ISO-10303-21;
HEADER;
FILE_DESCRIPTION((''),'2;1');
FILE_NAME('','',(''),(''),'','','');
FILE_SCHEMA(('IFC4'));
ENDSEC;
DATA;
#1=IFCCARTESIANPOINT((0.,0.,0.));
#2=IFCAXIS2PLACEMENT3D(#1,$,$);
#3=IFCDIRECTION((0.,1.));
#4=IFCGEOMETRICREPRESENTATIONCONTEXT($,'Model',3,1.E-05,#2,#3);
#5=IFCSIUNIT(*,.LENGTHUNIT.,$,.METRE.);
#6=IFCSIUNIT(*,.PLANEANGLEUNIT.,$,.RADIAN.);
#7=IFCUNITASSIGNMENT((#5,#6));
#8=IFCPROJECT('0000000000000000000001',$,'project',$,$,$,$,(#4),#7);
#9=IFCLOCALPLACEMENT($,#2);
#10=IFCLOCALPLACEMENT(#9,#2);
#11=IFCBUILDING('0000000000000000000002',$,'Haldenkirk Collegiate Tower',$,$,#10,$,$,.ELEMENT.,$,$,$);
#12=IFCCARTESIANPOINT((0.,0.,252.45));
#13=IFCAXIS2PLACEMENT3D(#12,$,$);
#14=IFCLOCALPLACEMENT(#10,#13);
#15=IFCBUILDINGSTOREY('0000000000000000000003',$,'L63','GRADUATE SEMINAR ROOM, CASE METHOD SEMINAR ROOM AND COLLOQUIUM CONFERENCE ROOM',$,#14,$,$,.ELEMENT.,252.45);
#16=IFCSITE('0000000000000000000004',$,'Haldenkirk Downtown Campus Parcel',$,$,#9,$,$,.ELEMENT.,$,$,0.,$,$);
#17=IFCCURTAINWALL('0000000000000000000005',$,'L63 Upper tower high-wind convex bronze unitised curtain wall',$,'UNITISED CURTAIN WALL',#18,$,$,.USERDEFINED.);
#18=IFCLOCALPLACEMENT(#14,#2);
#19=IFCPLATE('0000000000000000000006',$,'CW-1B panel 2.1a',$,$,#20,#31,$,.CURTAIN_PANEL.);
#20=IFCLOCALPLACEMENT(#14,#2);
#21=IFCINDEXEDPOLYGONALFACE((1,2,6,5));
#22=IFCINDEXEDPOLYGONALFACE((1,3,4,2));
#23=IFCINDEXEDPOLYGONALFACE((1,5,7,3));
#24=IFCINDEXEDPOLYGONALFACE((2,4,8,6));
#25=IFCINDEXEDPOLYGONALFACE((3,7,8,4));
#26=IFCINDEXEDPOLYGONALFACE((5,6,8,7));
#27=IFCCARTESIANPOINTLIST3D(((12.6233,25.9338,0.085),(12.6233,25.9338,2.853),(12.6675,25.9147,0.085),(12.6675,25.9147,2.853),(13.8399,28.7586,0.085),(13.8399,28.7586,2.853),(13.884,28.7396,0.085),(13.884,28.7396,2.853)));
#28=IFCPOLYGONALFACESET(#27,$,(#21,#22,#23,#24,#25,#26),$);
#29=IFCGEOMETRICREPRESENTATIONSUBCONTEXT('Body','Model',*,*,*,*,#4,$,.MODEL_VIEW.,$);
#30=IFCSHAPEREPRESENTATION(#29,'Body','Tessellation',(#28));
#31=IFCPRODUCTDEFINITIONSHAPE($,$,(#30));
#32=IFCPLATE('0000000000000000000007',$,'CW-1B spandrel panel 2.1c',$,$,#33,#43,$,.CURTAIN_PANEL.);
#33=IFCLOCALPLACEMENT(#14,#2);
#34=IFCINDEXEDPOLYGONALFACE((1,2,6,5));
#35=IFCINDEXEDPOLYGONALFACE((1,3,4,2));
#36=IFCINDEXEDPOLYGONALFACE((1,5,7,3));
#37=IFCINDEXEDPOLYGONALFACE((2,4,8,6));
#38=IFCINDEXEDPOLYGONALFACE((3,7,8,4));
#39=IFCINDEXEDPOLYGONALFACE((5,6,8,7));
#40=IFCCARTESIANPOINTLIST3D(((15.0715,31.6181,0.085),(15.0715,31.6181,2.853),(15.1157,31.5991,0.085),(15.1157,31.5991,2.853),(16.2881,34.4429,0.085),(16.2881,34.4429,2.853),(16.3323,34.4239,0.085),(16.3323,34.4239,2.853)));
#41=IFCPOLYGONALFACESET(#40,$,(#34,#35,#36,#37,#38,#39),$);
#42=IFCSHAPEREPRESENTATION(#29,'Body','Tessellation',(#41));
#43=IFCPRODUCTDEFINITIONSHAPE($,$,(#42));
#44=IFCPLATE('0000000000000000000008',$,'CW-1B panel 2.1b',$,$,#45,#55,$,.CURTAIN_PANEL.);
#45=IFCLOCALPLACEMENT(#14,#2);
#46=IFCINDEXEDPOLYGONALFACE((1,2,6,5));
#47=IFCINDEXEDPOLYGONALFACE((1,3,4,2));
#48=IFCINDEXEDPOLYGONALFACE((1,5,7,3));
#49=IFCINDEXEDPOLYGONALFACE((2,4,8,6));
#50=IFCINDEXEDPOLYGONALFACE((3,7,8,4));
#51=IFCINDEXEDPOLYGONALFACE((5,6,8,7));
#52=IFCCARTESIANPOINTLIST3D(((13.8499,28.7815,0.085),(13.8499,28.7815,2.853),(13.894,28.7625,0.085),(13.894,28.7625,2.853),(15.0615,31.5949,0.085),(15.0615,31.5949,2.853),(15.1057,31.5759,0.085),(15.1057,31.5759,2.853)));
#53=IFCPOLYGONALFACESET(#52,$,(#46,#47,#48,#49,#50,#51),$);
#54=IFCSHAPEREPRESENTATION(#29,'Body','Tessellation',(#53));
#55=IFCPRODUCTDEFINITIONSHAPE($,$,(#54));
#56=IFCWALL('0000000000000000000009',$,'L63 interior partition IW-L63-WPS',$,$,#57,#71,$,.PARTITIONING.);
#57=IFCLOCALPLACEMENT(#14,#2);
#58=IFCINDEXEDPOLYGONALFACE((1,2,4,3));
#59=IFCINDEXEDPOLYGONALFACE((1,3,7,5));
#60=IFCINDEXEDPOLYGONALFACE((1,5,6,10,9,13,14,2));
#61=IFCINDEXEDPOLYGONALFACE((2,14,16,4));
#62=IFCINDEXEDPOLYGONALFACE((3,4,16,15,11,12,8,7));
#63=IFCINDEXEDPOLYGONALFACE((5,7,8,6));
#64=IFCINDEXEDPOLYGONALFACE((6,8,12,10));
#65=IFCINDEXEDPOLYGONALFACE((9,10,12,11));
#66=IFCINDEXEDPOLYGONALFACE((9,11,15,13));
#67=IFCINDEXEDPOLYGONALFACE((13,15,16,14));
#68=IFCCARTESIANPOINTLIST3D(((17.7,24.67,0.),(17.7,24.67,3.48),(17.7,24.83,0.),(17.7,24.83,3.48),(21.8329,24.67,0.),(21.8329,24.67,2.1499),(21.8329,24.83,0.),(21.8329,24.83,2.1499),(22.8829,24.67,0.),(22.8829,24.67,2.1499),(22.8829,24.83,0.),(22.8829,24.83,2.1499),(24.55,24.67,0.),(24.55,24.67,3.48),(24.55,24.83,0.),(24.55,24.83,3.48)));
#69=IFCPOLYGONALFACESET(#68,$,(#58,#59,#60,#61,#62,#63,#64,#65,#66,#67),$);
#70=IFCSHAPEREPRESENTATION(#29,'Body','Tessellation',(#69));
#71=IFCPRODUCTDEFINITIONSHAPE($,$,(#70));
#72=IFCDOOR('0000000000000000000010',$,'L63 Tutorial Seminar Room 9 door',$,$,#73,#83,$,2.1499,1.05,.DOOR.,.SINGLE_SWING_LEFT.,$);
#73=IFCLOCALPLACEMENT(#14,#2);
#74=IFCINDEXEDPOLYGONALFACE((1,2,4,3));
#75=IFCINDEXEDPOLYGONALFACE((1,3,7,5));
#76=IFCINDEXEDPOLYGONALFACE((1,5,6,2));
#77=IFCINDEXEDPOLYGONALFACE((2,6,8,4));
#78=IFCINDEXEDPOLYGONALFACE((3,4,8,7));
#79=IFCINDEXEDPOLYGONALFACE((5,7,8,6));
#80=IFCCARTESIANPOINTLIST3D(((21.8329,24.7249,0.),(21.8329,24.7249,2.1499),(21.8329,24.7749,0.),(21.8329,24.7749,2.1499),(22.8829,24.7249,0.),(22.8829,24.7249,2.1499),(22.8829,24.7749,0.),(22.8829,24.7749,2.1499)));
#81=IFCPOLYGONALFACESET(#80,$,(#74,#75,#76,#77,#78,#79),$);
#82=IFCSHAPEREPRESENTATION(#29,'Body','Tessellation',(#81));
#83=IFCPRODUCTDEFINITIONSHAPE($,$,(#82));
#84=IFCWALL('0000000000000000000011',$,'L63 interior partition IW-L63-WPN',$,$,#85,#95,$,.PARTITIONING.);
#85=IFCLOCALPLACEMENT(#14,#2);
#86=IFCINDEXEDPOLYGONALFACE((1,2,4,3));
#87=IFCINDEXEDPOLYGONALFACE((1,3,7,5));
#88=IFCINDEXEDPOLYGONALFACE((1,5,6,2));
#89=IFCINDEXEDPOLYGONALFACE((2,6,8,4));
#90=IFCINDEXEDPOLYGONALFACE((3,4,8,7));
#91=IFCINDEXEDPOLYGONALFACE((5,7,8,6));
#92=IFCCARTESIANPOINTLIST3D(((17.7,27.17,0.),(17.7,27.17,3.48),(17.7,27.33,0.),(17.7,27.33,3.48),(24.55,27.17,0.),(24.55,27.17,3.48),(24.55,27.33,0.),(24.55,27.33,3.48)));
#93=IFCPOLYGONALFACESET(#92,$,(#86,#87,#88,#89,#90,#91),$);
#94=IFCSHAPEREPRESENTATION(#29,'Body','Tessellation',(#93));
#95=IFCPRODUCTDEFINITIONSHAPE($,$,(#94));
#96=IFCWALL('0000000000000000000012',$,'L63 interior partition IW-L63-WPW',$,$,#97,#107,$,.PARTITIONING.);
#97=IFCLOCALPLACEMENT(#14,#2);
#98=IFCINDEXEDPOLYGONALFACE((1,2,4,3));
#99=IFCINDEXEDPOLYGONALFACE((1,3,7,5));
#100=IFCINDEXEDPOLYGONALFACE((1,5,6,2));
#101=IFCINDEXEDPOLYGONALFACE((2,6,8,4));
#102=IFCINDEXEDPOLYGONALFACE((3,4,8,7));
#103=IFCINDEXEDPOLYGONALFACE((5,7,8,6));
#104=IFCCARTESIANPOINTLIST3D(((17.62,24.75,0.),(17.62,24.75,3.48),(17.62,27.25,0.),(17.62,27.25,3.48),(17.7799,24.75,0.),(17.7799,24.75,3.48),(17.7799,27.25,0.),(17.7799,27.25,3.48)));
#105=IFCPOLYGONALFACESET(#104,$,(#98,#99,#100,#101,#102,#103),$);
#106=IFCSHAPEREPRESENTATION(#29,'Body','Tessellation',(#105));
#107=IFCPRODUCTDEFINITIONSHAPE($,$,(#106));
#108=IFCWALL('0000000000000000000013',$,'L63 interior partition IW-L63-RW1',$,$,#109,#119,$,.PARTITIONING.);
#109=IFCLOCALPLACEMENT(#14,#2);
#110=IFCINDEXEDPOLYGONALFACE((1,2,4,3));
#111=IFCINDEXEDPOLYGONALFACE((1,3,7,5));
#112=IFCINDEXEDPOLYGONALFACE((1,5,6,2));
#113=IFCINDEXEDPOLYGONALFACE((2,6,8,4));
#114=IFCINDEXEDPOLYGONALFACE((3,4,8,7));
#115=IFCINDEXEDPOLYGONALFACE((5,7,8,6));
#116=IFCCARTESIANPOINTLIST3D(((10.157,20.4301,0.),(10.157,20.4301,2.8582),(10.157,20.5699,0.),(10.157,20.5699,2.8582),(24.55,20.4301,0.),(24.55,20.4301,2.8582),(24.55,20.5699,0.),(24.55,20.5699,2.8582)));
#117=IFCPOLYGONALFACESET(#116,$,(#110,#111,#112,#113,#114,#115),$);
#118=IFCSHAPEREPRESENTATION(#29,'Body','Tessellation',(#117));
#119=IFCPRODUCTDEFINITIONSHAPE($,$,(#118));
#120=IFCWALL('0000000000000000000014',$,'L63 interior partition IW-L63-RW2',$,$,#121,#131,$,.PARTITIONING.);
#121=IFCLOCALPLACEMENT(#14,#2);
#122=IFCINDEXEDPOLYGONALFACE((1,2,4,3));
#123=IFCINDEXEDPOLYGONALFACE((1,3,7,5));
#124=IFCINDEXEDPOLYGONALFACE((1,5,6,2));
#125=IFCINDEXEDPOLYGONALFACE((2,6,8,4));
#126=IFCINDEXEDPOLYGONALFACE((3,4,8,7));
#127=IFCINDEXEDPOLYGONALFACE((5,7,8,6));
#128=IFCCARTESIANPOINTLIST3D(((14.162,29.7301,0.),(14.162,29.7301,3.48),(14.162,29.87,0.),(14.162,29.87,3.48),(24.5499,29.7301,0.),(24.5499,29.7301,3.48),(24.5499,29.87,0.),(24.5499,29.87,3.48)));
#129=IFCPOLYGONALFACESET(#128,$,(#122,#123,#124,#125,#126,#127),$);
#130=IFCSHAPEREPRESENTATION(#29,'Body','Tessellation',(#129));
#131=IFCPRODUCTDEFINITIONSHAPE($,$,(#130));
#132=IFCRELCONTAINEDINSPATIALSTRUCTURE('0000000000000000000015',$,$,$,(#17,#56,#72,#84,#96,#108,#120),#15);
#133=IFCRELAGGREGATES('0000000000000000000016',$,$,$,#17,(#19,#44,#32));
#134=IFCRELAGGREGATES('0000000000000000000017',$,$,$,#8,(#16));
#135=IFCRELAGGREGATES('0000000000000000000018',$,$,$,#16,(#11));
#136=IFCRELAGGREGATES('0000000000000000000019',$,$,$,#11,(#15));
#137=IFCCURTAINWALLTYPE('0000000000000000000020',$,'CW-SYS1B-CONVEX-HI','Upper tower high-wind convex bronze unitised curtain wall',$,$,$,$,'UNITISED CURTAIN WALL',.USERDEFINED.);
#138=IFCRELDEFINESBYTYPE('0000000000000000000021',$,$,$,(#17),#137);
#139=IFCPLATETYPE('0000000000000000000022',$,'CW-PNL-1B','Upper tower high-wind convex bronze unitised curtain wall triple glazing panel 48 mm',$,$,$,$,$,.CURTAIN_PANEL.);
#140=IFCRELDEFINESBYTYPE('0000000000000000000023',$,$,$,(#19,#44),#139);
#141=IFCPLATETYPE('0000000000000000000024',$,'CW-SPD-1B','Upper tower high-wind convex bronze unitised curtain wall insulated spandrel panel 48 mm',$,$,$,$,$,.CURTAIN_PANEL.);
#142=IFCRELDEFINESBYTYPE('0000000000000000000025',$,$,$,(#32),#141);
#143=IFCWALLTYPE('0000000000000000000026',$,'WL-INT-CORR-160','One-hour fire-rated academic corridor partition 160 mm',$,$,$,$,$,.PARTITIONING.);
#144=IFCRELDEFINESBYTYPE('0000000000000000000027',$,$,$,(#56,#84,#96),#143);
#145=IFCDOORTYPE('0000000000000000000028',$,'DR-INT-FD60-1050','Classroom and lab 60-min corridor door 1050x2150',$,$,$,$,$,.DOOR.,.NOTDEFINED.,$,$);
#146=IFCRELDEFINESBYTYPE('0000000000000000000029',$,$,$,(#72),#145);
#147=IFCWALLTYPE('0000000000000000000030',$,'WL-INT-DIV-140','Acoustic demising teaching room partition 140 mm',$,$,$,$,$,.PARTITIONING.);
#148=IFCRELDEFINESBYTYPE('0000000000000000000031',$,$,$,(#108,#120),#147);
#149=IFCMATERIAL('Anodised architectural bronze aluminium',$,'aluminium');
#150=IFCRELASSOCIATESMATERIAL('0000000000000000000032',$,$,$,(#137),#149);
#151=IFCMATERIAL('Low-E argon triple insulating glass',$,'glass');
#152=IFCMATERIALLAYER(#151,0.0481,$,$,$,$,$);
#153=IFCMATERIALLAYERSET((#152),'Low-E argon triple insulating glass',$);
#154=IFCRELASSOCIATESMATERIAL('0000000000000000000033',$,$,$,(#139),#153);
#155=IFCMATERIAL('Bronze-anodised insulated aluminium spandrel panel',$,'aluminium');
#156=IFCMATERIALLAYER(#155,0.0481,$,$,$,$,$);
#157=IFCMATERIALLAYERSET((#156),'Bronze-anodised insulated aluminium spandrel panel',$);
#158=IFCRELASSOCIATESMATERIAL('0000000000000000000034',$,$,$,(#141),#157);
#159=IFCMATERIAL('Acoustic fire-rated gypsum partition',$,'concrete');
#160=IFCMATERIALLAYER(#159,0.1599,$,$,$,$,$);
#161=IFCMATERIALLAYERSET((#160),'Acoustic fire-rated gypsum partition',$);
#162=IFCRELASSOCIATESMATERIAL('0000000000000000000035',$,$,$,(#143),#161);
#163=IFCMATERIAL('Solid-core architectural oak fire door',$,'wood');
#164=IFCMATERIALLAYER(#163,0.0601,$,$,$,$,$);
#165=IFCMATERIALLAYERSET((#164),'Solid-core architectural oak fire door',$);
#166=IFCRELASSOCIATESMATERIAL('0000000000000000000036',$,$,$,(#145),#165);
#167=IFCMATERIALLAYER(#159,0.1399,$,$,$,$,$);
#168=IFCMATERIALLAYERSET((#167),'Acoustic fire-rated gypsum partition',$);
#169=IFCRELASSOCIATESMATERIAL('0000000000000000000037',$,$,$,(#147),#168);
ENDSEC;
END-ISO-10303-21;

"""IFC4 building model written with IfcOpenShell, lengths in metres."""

from ifc_helpers import new_model, si_unit, direction, frame, frame_2d, origin, origin_2d, place, context, subcontext, project, spatial, rectangle, extrude, source, transform, mapped, material, layer, layer_set, type_object, element, fill, aggregate, save


model = new_model("IFC4")

# Units and contexts
model_context = context("Model", 3, precision=1e-05, world=origin(), true_north=direction((0.0, 1.0)))
body_context = subcontext(model_context, "Body", "Model", "MODEL_VIEW")
ifc_project = project(units=[si_unit("LENGTHUNIT", "METRE"), si_unit("PLANEANGLEUNIT", "RADIAN")], contexts=[model_context])

# Site, building, storey
site_placement = place(None, origin())
site = spatial("IfcSite", under=ifc_project, at=site_placement, Name="Haldenkirk Downtown Campus Parcel", CompositionType="ELEMENT", RefElevation=0.0)
building_placement = place(site_placement, origin())
building = spatial("IfcBuilding", under=site, at=building_placement, Name="Haldenkirk Collegiate Tower", CompositionType="ELEMENT")
storey_placement = place(building_placement, frame((0.0, 0.0, 252.45)))
storey = spatial("IfcBuildingStorey", under=building, at=storey_placement, Name="L63", Description="GRADUATE SEMINAR ROOM, CASE METHOD SEMINAR ROOM AND COLLOQUIUM CONFERENCE ROOM", CompositionType="ELEMENT", Elevation=252.45)

# Curtain wall
ifc_material_1 = material(Name="Anodised architectural bronze aluminium", Category="aluminium")
curtain_wall_type = type_object("IfcCurtainWallType", Name="CW-SYS1B-CONVEX-HI", Description="Upper tower high-wind convex bronze unitised curtain wall", ElementType="UNITISED CURTAIN WALL", PredefinedType="USERDEFINED", material=ifc_material_1)
curtain_wall_placement = place(storey_placement, origin())
curtain_wall = element("IfcCurtainWall", 1, at=curtain_wall_placement, inside=storey, type_object=curtain_wall_type, Name="L63 Upper tower high-wind convex bronze unitised curtain wall", ObjectType="UNITISED CURTAIN WALL", PredefinedType="USERDEFINED")

# Plates
ifc_material_2 = material(Name="Low-E argon triple insulating glass", Category="glass")
ifc_layer_1 = layer(ifc_material_2, 0.0481)
ifc_layer_set_1 = layer_set([ifc_layer_1], Name="Low-E argon triple insulating glass")
plate_type_1 = type_object("IfcPlateType", Name="CW-PNL-1B", Description="Upper tower high-wind convex bronze unitised curtain wall triple glazing panel 48 mm", PredefinedType="CURTAIN_PANEL", material=ifc_layer_set_1)
shared_shape_1 = source(origin(), body_context, "Body", "SweptSolid", [
    extrude(rectangle(XDim=3.0757, YDim=0.0481, at=origin_2d()), origin(), (0.0, 0.0, 1.0), 2.7681),
])
plate_1_placement = place(storey_placement, frame((13.2537, 27.3367, 0.085), z_axis=(0.0, 0.0, 1.0), x_axis=(0.395545, 0.918446, 0.0)))
plate_1 = element("IfcPlate", 2, at=plate_1_placement, type_object=plate_type_1, Name="CW-1B panel 2.1a", PredefinedType="CURTAIN_PANEL", context=body_context, shape_type="MappedRepresentation", body=[
    mapped(shared_shape_1, transform((0.0, 0.0, 0.0), x_axis=(1.0, 0.0, 0.0), y_axis=(0.0, 1.0, 0.0), z_axis=(0.0, 0.0, 1.0), scale=1.0)),
])
ifc_material_3 = material(Name="Bronze-anodised insulated aluminium spandrel panel", Category="aluminium")
ifc_layer_2 = layer(ifc_material_3, 0.0481)
ifc_layer_set_2 = layer_set([ifc_layer_2], Name="Bronze-anodised insulated aluminium spandrel panel")
plate_type_2 = type_object("IfcPlateType", Name="CW-SPD-1B", Description="Upper tower high-wind convex bronze unitised curtain wall insulated spandrel panel 48 mm", PredefinedType="CURTAIN_PANEL", material=ifc_layer_set_2)
plate_2_placement = place(storey_placement, frame((15.7019, 33.021, 0.085), z_axis=(0.0, 0.0, 1.0), x_axis=(0.395545, 0.918446, 0.0)))
plate_2 = element("IfcPlate", 3, at=plate_2_placement, type_object=plate_type_2, Name="CW-1B spandrel panel 2.1c", PredefinedType="CURTAIN_PANEL", context=body_context, shape_type="MappedRepresentation", body=[
    mapped(shared_shape_1, transform((0.0, 0.0, 0.0), x_axis=(1.0, 0.0, 0.0), y_axis=(0.0, 1.0, 0.0), z_axis=(0.0, 0.0, 1.0), scale=1.0)),
])
shared_shape_2 = source(origin(), body_context, "Body", "SweptSolid", [
    extrude(rectangle(XDim=3.0632, YDim=0.0481, at=origin_2d()), origin(), (0.0, 0.0, 1.0), 2.7681),
])
plate_3_placement = place(storey_placement, frame((14.4778, 30.1787, 0.085), z_axis=(0.0, 0.0, 1.0), x_axis=(0.395545, 0.918446, 0.0)))
plate_3 = element("IfcPlate", 4, at=plate_3_placement, type_object=plate_type_1, Name="CW-1B panel 2.1b", PredefinedType="CURTAIN_PANEL", context=body_context, shape_type="MappedRepresentation", body=[
    mapped(shared_shape_2, transform((0.0, 0.0, 0.0), x_axis=(1.0, 0.0, 0.0), y_axis=(0.0, 1.0, 0.0), z_axis=(0.0, 0.0, 1.0), scale=1.0)),
])
aggregate(curtain_wall, [plate_1, plate_3, plate_2])

# Wall, opening, door
ifc_material_4 = material(Name="Acoustic fire-rated gypsum partition", Category="concrete")
ifc_layer_3 = layer(ifc_material_4, 0.1599)
ifc_layer_set_3 = layer_set([ifc_layer_3], Name="Acoustic fire-rated gypsum partition")
wall_type_1 = type_object("IfcWallType", Name="WL-INT-CORR-160", Description="One-hour fire-rated academic corridor partition 160 mm", PredefinedType="PARTITIONING", material=ifc_layer_set_3)
wall_1_placement = place(storey_placement, frame((17.7, 24.75, 0.0), z_axis=(0.0, 0.0, 1.0), x_axis=(1.0, 0.0, 0.0)))
wall_1 = element("IfcWall", 5, at=wall_1_placement, inside=storey, type_object=wall_type_1, Name="L63 interior partition IW-L63-WPS", PredefinedType="PARTITIONING", context=body_context, shape_type="SweptSolid", body=[
    extrude(rectangle(XDim=6.8501, YDim=0.1599, at=frame_2d((3.425, 0.0))), origin(), (0.0, 0.0, 1.0), 3.48),
])
opening_placement = place(wall_1_placement, frame((4.1331, 0.0, 0.0)))
opening = element("IfcOpeningElement", 6, at=opening_placement, cuts=wall_1, PredefinedType="OPENING", context=body_context, shape_type="SweptSolid", body=[
    extrude(rectangle(XDim=1.05, YDim=2.1499, at=frame_2d((0.5249, 1.075))), frame((0.0, 0.0898, 0.0), z_axis=(0.0, -1.0, 0.0), x_axis=(1.0, 0.0, 0.0)), (0.0, 0.0, 1.0), 0.1799),
])
ifc_material_5 = material(Name="Solid-core architectural oak fire door", Category="wood")
ifc_layer_4 = layer(ifc_material_5, 0.0601)
ifc_layer_set_4 = layer_set([ifc_layer_4], Name="Solid-core architectural oak fire door")
door_type = type_object("IfcDoorType", Name="DR-INT-FD60-1050", Description="Classroom and lab 60-min corridor door 1050x2150", OperationType="NOTDEFINED", PredefinedType="DOOR", material=ifc_layer_set_4)
door_placement = place(opening_placement, origin())
door = element("IfcDoor", 7, at=door_placement, inside=storey, type_object=door_type, Name="L63 Tutorial Seminar Room 9 door", OperationType="SINGLE_SWING_LEFT", OverallHeight=2.1499, OverallWidth=1.05, PredefinedType="DOOR", context=body_context, shape_type="SweptSolid", body=[
    extrude(rectangle(XDim=1.05, YDim=2.1499, at=frame_2d((0.5249, 1.075))), frame((0.0, 0.0249, 0.0), z_axis=(0.0, -1.0, 0.0), x_axis=(1.0, 0.0, 0.0)), (0.0, 0.0, 1.0), 0.05),
])
fill(opening, door)

# Walls
wall_2_placement = place(storey_placement, frame((17.7, 27.25, 0.0), z_axis=(0.0, 0.0, 1.0), x_axis=(1.0, 0.0, 0.0)))
element("IfcWall", 8, at=wall_2_placement, inside=storey, type_object=wall_type_1, Name="L63 interior partition IW-L63-WPN", PredefinedType="PARTITIONING", context=body_context, shape_type="SweptSolid", body=[
    extrude(rectangle(XDim=6.8501, YDim=0.1599, at=frame_2d((3.425, 0.0))), origin(), (0.0, 0.0, 1.0), 3.48),
])
wall_3_placement = place(storey_placement, frame((17.7, 24.75, 0.0), z_axis=(0.0, 0.0, 1.0), x_axis=(0.0, 1.0, 0.0)))
element("IfcWall", 9, at=wall_3_placement, inside=storey, type_object=wall_type_1, Name="L63 interior partition IW-L63-WPW", PredefinedType="PARTITIONING", context=body_context, shape_type="SweptSolid", body=[
    extrude(rectangle(XDim=2.5, YDim=0.1599, at=frame_2d((1.25, 0.0))), origin(), (0.0, 0.0, 1.0), 3.48),
])
ifc_layer_5 = layer(ifc_material_4, 0.1399)
ifc_layer_set_5 = layer_set([ifc_layer_5], Name="Acoustic fire-rated gypsum partition")
wall_type_2 = type_object("IfcWallType", Name="WL-INT-DIV-140", Description="Acoustic demising teaching room partition 140 mm", PredefinedType="PARTITIONING", material=ifc_layer_set_5)
wall_4_placement = place(storey_placement, frame((10.157, 20.5, 0.0), z_axis=(0.0, 0.0, 1.0), x_axis=(1.0, 0.0, 0.0)))
element("IfcWall", 10, at=wall_4_placement, inside=storey, type_object=wall_type_2, Name="L63 interior partition IW-L63-RW1", PredefinedType="PARTITIONING", context=body_context, shape_type="SweptSolid", body=[
    extrude(rectangle(XDim=14.3931, YDim=0.1399, at=frame_2d((7.1965, 0.0))), origin(), (0.0, 0.0, 1.0), 2.8582),
])
wall_5_placement = place(storey_placement, frame((14.1621, 29.8, 0.0), z_axis=(0.0, 0.0, 1.0), x_axis=(1.0, 0.0, 0.0)))
element("IfcWall", 11, at=wall_5_placement, inside=storey, type_object=wall_type_2, Name="L63 interior partition IW-L63-RW2", PredefinedType="PARTITIONING", context=body_context, shape_type="SweptSolid", body=[
    extrude(rectangle(XDim=10.3879, YDim=0.1399, at=frame_2d((5.1938, 0.0))), origin(), (0.0, 0.0, 1.0), 3.48),
])

save(model, "model.ifc")
